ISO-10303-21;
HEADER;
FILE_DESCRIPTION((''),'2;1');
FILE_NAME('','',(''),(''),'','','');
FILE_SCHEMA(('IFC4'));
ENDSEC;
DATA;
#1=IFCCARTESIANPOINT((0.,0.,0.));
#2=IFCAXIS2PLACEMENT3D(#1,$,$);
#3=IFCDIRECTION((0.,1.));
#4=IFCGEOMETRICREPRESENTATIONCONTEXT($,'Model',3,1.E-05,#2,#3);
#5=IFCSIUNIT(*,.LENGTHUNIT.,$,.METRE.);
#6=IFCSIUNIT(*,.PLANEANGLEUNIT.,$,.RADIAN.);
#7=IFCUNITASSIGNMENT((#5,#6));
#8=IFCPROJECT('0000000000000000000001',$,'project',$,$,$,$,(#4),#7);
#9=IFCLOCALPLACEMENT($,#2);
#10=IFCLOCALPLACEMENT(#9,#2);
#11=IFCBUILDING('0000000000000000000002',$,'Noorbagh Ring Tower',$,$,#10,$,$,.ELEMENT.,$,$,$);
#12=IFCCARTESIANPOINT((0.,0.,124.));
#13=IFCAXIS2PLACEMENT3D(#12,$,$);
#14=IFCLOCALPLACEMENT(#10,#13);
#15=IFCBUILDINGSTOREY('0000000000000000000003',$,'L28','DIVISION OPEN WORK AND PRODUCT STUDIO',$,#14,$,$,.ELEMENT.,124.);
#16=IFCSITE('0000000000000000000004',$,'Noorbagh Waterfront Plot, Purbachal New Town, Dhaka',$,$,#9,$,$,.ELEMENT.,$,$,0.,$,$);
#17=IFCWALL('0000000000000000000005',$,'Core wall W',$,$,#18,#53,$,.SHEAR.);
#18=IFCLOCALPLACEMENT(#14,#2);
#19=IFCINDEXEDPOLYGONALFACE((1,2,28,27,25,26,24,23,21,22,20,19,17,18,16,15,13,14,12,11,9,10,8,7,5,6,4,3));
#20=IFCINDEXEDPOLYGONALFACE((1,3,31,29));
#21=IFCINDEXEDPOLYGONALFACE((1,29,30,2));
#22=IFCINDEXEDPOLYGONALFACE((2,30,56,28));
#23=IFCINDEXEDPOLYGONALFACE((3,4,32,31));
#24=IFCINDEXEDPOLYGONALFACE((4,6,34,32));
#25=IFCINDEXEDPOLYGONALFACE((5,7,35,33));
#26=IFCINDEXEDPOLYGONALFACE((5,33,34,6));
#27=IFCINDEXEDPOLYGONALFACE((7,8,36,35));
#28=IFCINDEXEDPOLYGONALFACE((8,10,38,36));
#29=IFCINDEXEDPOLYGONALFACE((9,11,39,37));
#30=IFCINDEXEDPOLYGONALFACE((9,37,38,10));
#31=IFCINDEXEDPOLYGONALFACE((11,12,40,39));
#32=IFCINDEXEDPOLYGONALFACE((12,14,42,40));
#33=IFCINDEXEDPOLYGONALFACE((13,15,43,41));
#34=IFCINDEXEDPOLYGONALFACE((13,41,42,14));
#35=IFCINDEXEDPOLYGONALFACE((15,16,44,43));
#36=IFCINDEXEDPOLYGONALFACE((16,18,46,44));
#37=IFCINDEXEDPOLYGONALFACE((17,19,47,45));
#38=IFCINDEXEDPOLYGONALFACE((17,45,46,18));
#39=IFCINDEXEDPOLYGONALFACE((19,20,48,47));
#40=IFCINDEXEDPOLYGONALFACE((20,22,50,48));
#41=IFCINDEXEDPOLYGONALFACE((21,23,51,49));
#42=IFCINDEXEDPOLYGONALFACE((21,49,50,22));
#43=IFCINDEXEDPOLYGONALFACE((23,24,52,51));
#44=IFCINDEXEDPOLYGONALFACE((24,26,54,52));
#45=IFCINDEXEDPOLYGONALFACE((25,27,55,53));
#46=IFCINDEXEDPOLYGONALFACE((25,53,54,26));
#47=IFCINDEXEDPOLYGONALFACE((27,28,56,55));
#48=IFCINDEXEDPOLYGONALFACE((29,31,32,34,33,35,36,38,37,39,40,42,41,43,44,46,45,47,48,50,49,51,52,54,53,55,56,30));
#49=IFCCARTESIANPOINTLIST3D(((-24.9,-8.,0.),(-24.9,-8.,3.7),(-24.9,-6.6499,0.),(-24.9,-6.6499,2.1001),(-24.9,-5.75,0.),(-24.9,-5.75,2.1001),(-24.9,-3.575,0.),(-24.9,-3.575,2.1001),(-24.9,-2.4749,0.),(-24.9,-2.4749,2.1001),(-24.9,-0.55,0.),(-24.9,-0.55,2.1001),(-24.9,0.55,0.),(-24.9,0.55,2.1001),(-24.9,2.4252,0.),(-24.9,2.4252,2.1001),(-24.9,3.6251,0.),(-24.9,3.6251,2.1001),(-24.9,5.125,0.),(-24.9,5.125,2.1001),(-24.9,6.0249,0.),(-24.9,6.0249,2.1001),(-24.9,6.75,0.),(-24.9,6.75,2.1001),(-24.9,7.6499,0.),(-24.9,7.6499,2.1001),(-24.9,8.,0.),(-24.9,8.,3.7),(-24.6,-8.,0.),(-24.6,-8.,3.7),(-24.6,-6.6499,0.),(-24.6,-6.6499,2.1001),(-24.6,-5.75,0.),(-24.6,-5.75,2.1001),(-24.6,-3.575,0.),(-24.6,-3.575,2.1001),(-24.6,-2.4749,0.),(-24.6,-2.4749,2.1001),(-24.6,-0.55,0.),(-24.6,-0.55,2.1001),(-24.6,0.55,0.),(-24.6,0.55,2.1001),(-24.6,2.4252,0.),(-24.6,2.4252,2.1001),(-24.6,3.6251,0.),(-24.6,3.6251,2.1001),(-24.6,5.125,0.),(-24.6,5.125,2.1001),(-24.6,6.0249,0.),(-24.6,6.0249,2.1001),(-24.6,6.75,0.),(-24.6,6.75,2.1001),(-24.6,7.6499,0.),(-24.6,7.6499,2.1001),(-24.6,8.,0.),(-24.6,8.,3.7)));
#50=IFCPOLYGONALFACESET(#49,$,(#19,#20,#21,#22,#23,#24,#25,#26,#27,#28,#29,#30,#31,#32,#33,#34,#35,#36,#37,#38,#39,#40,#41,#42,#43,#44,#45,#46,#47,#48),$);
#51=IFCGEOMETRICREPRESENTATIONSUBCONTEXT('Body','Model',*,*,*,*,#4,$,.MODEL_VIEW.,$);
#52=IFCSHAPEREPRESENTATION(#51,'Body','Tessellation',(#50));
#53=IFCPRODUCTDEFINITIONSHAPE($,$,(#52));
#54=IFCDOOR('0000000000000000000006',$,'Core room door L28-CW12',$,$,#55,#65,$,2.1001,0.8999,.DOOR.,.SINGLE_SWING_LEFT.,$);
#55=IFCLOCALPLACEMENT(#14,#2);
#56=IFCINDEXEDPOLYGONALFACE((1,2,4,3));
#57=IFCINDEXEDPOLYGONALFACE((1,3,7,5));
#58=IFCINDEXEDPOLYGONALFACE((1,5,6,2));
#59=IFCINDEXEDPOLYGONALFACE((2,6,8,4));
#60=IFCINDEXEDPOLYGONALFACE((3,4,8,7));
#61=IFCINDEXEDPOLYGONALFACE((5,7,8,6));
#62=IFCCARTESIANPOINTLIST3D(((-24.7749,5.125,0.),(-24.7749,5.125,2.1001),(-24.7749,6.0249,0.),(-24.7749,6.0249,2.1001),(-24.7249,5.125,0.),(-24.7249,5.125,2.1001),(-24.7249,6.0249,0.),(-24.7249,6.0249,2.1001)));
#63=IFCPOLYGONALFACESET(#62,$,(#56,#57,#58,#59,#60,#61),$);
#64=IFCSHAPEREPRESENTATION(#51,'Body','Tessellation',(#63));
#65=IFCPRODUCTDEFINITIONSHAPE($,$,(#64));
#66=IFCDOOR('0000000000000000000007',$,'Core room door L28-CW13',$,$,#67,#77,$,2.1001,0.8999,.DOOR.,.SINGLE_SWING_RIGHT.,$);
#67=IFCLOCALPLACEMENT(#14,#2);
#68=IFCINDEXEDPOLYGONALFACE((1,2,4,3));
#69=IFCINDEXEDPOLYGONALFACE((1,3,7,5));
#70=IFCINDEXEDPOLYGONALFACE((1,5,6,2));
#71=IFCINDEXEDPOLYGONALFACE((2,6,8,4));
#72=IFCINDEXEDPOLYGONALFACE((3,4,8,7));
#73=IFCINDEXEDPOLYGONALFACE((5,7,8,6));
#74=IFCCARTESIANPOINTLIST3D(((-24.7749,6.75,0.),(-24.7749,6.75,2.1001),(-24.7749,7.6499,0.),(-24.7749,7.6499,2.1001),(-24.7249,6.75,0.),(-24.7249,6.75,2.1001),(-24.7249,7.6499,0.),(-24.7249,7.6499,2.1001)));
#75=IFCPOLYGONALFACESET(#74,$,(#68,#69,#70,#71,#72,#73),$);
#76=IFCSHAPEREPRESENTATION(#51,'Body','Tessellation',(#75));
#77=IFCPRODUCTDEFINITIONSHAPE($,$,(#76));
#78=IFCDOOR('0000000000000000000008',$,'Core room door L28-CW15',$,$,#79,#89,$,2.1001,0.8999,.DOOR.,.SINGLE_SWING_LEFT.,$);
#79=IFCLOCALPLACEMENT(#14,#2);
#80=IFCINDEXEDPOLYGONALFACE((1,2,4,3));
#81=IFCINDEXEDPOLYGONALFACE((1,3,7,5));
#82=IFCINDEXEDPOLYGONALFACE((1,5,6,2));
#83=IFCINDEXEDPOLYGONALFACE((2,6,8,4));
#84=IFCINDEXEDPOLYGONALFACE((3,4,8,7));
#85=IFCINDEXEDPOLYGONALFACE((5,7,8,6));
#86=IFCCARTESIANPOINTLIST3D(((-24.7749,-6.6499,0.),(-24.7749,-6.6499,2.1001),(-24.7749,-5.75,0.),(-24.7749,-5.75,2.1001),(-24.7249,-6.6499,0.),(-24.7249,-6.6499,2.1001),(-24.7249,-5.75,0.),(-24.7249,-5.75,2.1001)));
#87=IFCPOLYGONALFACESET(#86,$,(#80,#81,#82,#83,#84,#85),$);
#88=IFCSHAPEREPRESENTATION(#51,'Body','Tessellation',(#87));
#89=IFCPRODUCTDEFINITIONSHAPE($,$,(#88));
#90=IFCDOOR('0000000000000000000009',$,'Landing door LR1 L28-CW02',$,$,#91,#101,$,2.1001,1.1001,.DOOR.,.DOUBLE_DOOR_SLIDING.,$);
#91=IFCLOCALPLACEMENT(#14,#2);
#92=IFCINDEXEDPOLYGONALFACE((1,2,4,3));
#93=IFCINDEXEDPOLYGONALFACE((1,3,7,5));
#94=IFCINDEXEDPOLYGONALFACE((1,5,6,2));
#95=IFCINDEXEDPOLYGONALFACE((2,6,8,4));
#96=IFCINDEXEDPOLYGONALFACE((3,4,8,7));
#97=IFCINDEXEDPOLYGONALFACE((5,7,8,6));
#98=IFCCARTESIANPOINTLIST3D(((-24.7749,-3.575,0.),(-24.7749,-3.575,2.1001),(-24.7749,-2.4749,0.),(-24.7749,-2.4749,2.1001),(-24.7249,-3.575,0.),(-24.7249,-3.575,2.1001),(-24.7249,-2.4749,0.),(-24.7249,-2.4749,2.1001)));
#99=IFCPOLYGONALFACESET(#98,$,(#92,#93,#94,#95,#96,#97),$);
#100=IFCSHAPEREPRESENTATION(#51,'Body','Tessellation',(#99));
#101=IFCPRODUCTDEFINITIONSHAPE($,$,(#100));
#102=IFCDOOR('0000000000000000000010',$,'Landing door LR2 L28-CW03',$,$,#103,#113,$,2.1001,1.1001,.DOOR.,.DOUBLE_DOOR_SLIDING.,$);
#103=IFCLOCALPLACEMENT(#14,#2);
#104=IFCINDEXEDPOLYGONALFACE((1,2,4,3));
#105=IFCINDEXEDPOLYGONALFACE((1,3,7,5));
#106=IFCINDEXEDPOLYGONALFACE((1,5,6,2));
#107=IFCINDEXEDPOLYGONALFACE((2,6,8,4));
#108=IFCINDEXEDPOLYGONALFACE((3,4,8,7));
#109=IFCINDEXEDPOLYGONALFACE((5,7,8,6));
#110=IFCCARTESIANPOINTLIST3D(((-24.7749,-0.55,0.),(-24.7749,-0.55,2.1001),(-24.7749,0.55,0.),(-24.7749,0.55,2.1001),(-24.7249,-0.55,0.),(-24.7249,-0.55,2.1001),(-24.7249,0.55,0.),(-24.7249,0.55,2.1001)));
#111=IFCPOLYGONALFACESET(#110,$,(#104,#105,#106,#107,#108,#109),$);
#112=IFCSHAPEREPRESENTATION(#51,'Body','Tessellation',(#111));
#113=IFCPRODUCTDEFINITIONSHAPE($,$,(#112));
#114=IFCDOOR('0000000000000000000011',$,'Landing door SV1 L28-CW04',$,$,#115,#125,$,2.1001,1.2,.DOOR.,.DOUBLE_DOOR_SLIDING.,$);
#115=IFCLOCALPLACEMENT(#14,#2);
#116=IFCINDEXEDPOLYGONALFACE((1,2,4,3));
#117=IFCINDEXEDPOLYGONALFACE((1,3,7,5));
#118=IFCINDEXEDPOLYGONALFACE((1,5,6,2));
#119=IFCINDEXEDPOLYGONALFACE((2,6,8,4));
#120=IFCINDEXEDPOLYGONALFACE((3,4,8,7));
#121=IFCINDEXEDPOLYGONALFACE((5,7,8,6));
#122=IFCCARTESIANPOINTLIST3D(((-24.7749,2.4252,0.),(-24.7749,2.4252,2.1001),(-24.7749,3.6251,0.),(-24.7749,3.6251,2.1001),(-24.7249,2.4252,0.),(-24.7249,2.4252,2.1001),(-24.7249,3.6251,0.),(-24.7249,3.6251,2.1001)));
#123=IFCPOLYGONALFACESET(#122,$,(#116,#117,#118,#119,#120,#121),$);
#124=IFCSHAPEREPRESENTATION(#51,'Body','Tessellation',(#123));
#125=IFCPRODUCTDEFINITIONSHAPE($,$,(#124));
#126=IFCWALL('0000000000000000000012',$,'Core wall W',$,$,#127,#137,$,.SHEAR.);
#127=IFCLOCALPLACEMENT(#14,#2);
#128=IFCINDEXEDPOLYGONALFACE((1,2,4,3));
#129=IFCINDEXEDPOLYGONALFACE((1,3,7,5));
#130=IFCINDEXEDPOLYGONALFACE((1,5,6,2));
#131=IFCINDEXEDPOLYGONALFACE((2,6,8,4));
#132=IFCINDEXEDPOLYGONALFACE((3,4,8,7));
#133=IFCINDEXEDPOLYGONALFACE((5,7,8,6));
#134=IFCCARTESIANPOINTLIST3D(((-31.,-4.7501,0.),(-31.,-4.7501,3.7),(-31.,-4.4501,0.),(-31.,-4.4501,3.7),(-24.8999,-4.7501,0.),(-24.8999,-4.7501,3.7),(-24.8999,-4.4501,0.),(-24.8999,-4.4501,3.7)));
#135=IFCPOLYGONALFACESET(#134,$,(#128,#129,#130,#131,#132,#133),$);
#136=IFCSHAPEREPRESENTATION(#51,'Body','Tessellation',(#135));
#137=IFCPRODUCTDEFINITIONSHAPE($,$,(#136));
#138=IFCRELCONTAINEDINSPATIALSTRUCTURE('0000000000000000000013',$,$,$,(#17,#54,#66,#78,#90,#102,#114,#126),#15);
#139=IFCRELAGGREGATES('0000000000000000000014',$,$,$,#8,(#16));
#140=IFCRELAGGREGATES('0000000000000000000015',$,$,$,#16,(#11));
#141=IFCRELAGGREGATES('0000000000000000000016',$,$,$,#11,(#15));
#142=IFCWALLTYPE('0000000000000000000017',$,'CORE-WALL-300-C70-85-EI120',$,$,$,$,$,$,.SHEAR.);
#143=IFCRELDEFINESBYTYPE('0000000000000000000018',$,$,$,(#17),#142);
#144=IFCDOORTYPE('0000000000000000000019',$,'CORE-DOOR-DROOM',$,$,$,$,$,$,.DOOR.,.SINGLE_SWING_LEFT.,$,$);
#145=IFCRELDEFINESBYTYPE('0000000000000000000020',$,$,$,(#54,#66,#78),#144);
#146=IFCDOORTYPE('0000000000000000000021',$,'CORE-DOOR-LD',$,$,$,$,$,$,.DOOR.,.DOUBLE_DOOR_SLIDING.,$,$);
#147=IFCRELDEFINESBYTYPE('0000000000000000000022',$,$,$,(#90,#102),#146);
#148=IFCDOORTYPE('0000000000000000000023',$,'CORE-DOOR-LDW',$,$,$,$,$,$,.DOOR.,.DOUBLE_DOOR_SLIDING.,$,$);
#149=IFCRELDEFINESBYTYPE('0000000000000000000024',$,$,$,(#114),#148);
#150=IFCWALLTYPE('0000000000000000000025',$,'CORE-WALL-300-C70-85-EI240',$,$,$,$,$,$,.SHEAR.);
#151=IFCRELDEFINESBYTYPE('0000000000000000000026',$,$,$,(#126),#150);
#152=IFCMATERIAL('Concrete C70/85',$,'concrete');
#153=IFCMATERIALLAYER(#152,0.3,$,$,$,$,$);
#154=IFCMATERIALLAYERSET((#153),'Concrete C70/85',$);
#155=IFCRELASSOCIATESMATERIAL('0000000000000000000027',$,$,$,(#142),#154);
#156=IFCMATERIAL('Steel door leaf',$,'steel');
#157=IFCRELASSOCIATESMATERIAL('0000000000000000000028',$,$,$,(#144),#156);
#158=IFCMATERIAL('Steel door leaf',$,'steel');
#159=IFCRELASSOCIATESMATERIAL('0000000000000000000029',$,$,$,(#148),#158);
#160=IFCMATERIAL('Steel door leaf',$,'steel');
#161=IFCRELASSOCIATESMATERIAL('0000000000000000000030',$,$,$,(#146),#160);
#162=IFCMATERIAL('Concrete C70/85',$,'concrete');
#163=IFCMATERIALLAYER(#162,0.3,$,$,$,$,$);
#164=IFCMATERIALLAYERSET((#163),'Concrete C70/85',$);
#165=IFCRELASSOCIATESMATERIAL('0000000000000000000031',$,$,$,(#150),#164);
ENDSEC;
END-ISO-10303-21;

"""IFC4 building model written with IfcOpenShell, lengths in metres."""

from ifc_helpers import new_model, si_unit, direction, frame, frame_2d, origin, place, context, subcontext, project, spatial, rectangle, extrude, material, layer, layer_set, type_object, element, fill, save


model = new_model("IFC4")

# Units and contexts
model_context = context("Model", 3, precision=1e-05, world=origin(), true_north=direction((0.0, 1.0)))
body_context = subcontext(model_context, "Body", "Model", "MODEL_VIEW")
ifc_project = project(units=[si_unit("LENGTHUNIT", "METRE"), si_unit("PLANEANGLEUNIT", "RADIAN")], contexts=[model_context])

# Site, building, storey
site_placement = place(None, origin())
site = spatial("IfcSite", under=ifc_project, at=site_placement, Name="Noorbagh Waterfront Plot, Purbachal New Town, Dhaka", CompositionType="ELEMENT", RefElevation=0.0)
building_placement = place(site_placement, origin())
building = spatial("IfcBuilding", under=site, at=building_placement, Name="Noorbagh Ring Tower", CompositionType="ELEMENT")
storey_placement = place(building_placement, frame((0.0, 0.0, 124.0)))
storey = spatial("IfcBuildingStorey", under=building, at=storey_placement, Name="L28", Description="DIVISION OPEN WORK AND PRODUCT STUDIO", CompositionType="ELEMENT", Elevation=124.0)

# Shared definitions
ifc_material_1 = material(Name="Concrete C70/85", Category="concrete")
ifc_layer_1 = layer(ifc_material_1, 0.3)
ifc_layer_set_1 = layer_set([ifc_layer_1], Name="Concrete C70/85")
wall_type_1 = type_object("IfcWallType", Name="CORE-WALL-300-C70-85-EI120", PredefinedType="SHEAR", material=ifc_layer_set_1)

# Wall, openings, doors
ifc_material_2 = material(Name="Steel door leaf", Category="steel")
door_type_1 = type_object("IfcDoorType", Name="CORE-DOOR-DROOM", OperationType="SINGLE_SWING_LEFT", PredefinedType="DOOR", material=ifc_material_2)
ifc_material_3 = material(Name="Steel door leaf", Category="steel")
door_type_2 = type_object("IfcDoorType", Name="CORE-DOOR-LDW", OperationType="DOUBLE_DOOR_SLIDING", PredefinedType="DOOR", material=ifc_material_3)
wall_1_placement = place(storey_placement, frame((-24.75, -8.0, 0.0), z_axis=(0.0, 0.0, 1.0), x_axis=(0.0, 1.0, 0.0)))
wall_1 = element("IfcWall", 1, at=wall_1_placement, inside=storey, type_object=wall_type_1, Name="Core wall W", PredefinedType="SHEAR", context=body_context, shape_type="SweptSolid", body=[
    extrude(rectangle(XDim=16.0, YDim=0.3, at=frame_2d((8.0, 0.0))), origin(), (0.0, 0.0, 1.0), 3.7),
])
opening_1_placement = place(wall_1_placement, frame((4.425, 0.0, 0.0)))
opening_1 = element("IfcOpeningElement", 2, at=opening_1_placement, cuts=wall_1, PredefinedType="OPENING", context=body_context, shape_type="SweptSolid", body=[
    extrude(rectangle(XDim=1.1001, YDim=2.1001, at=frame_2d((0.55, 1.05))), frame((0.0, 0.1602, 0.0), z_axis=(0.0, -1.0, 0.0), x_axis=(1.0, 0.0, 0.0)), (0.0, 0.0, 1.0), 0.3201),
])
opening_2_placement = place(wall_1_placement, frame((7.45, 0.0, 0.0)))
opening_2 = element("IfcOpeningElement", 3, at=opening_2_placement, cuts=wall_1, PredefinedType="OPENING", context=body_context, shape_type="SweptSolid", body=[
    extrude(rectangle(XDim=1.1001, YDim=2.1001, at=frame_2d((0.55, 1.05))), frame((0.0, 0.1602, 0.0), z_axis=(0.0, -1.0, 0.0), x_axis=(1.0, 0.0, 0.0)), (0.0, 0.0, 1.0), 0.3201),
])
opening_3_placement = place(wall_1_placement, frame((10.425, 0.0, 0.0)))
opening_3 = element("IfcOpeningElement", 4, at=opening_3_placement, cuts=wall_1, PredefinedType="OPENING", context=body_context, shape_type="SweptSolid", body=[
    extrude(rectangle(XDim=1.2, YDim=2.1001, at=frame_2d((0.6001, 1.05))), frame((0.0, 0.1602, 0.0), z_axis=(0.0, -1.0, 0.0), x_axis=(1.0, 0.0, 0.0)), (0.0, 0.0, 1.0), 0.3201),
])
opening_4_placement = place(wall_1_placement, frame((13.125, 0.0, 0.0)))
opening_4 = element("IfcOpeningElement", 5, at=opening_4_placement, cuts=wall_1, PredefinedType="OPENING", context=body_context, shape_type="SweptSolid", body=[
    extrude(rectangle(XDim=0.8999, YDim=2.1001, at=frame_2d((0.45, 1.05))), frame((0.0, 0.1602, 0.0), z_axis=(0.0, -1.0, 0.0), x_axis=(1.0, 0.0, 0.0)), (0.0, 0.0, 1.0), 0.3201),
])
opening_5_placement = place(wall_1_placement, frame((14.75, 0.0, 0.0)))
opening_5 = element("IfcOpeningElement", 6, at=opening_5_placement, cuts=wall_1, PredefinedType="OPENING", context=body_context, shape_type="SweptSolid", body=[
    extrude(rectangle(XDim=0.8999, YDim=2.1001, at=frame_2d((0.45, 1.05))), frame((0.0, 0.1602, 0.0), z_axis=(0.0, -1.0, 0.0), x_axis=(1.0, 0.0, 0.0)), (0.0, 0.0, 1.0), 0.3201),
])
opening_6_placement = place(wall_1_placement, frame((1.3501, 0.0, 0.0)))
opening_6 = element("IfcOpeningElement", 7, at=opening_6_placement, cuts=wall_1, PredefinedType="OPENING", context=body_context, shape_type="SweptSolid", body=[
    extrude(rectangle(XDim=0.8999, YDim=2.1001, at=frame_2d((0.45, 1.05))), frame((0.0, 0.1602, 0.0), z_axis=(0.0, -1.0, 0.0), x_axis=(1.0, 0.0, 0.0)), (0.0, 0.0, 1.0), 0.3201),
])
door_1_placement = place(opening_4_placement, origin())
door_1 = element("IfcDoor", 8, at=door_1_placement, inside=storey, type_object=door_type_1, Name="Core room door L28-CW12", OperationType="SINGLE_SWING_LEFT", OverallHeight=2.1001, OverallWidth=0.8999, PredefinedType="DOOR", context=body_context, shape_type="SweptSolid", body=[
    extrude(rectangle(XDim=0.8999, YDim=2.1001, at=frame_2d((0.45, 1.05))), frame((0.0, 0.0249, 0.0), z_axis=(0.0, -1.0, 0.0), x_axis=(1.0, 0.0, 0.0)), (0.0, 0.0, 1.0), 0.05),
])
fill(opening_4, door_1)
door_2_placement = place(opening_5_placement, origin())
door_2 = element("IfcDoor", 9, at=door_2_placement, inside=storey, type_object=door_type_1, Name="Core room door L28-CW13", OperationType="SINGLE_SWING_RIGHT", OverallHeight=2.1001, OverallWidth=0.8999, PredefinedType="DOOR", context=body_context, shape_type="SweptSolid", body=[
    extrude(rectangle(XDim=0.8999, YDim=2.1001, at=frame_2d((0.45, 1.05))), frame((0.0, 0.0249, 0.0), z_axis=(0.0, -1.0, 0.0), x_axis=(1.0, 0.0, 0.0)), (0.0, 0.0, 1.0), 0.05),
])
fill(opening_5, door_2)
door_3_placement = place(opening_6_placement, origin())
door_3 = element("IfcDoor", 10, at=door_3_placement, inside=storey, type_object=door_type_1, Name="Core room door L28-CW15", OperationType="SINGLE_SWING_LEFT", OverallHeight=2.1001, OverallWidth=0.8999, PredefinedType="DOOR", context=body_context, shape_type="SweptSolid", body=[
    extrude(rectangle(XDim=0.8999, YDim=2.1001, at=frame_2d((0.45, 1.05))), frame((0.0, 0.0249, 0.0), z_axis=(0.0, -1.0, 0.0), x_axis=(1.0, 0.0, 0.0)), (0.0, 0.0, 1.0), 0.05),
])
fill(opening_6, door_3)
ifc_material_4 = material(Name="Steel door leaf", Category="steel")
door_type_3 = type_object("IfcDoorType", Name="CORE-DOOR-LD", OperationType="DOUBLE_DOOR_SLIDING", PredefinedType="DOOR", material=ifc_material_4)
door_4_placement = place(opening_1_placement, origin())
door_4 = element("IfcDoor", 11, at=door_4_placement, inside=storey, type_object=door_type_3, Name="Landing door LR1 L28-CW02", OperationType="DOUBLE_DOOR_SLIDING", OverallHeight=2.1001, OverallWidth=1.1001, PredefinedType="DOOR", context=body_context, shape_type="SweptSolid", body=[
    extrude(rectangle(XDim=1.1001, YDim=2.1001, at=frame_2d((0.55, 1.05))), frame((0.0, 0.0249, 0.0), z_axis=(0.0, -1.0, 0.0), x_axis=(1.0, 0.0, 0.0)), (0.0, 0.0, 1.0), 0.05),
])
fill(opening_1, door_4)
door_5_placement = place(opening_2_placement, origin())
door_5 = element("IfcDoor", 12, at=door_5_placement, inside=storey, type_object=door_type_3, Name="Landing door LR2 L28-CW03", OperationType="DOUBLE_DOOR_SLIDING", OverallHeight=2.1001, OverallWidth=1.1001, PredefinedType="DOOR", context=body_context, shape_type="SweptSolid", body=[
    extrude(rectangle(XDim=1.1001, YDim=2.1001, at=frame_2d((0.55, 1.05))), frame((0.0, 0.0249, 0.0), z_axis=(0.0, -1.0, 0.0), x_axis=(1.0, 0.0, 0.0)), (0.0, 0.0, 1.0), 0.05),
])
fill(opening_2, door_5)
door_6_placement = place(opening_3_placement, origin())
door_6 = element("IfcDoor", 13, at=door_6_placement, inside=storey, type_object=door_type_2, Name="Landing door SV1 L28-CW04", OperationType="DOUBLE_DOOR_SLIDING", OverallHeight=2.1001, OverallWidth=1.2, PredefinedType="DOOR", context=body_context, shape_type="SweptSolid", body=[
    extrude(rectangle(XDim=1.2, YDim=2.1001, at=frame_2d((0.6001, 1.05))), frame((0.0, 0.0249, 0.0), z_axis=(0.0, -1.0, 0.0), x_axis=(1.0, 0.0, 0.0)), (0.0, 0.0, 1.0), 0.05),
])
fill(opening_3, door_6)

# Wall
ifc_material_5 = material(Name="Concrete C70/85", Category="concrete")
ifc_layer_2 = layer(ifc_material_5, 0.3)
ifc_layer_set_2 = layer_set([ifc_layer_2], Name="Concrete C70/85")
wall_type_2 = type_object("IfcWallType", Name="CORE-WALL-300-C70-85-EI240", PredefinedType="SHEAR", material=ifc_layer_set_2)
wall_2_placement = place(storey_placement, frame((-24.8999, -4.6001, 0.0), z_axis=(0.0, 0.0, 1.0), x_axis=(-1.0, 0.0, 0.0)))
element("IfcWall", 14, at=wall_2_placement, inside=storey, type_object=wall_type_2, Name="Core wall W", PredefinedType="SHEAR", context=body_context, shape_type="SweptSolid", body=[
    extrude(rectangle(XDim=6.1001, YDim=0.3, at=frame_2d((3.05, 0.0))), origin(), (0.0, 0.0, 1.0), 3.7),
])

save(model, "model.ifc")
